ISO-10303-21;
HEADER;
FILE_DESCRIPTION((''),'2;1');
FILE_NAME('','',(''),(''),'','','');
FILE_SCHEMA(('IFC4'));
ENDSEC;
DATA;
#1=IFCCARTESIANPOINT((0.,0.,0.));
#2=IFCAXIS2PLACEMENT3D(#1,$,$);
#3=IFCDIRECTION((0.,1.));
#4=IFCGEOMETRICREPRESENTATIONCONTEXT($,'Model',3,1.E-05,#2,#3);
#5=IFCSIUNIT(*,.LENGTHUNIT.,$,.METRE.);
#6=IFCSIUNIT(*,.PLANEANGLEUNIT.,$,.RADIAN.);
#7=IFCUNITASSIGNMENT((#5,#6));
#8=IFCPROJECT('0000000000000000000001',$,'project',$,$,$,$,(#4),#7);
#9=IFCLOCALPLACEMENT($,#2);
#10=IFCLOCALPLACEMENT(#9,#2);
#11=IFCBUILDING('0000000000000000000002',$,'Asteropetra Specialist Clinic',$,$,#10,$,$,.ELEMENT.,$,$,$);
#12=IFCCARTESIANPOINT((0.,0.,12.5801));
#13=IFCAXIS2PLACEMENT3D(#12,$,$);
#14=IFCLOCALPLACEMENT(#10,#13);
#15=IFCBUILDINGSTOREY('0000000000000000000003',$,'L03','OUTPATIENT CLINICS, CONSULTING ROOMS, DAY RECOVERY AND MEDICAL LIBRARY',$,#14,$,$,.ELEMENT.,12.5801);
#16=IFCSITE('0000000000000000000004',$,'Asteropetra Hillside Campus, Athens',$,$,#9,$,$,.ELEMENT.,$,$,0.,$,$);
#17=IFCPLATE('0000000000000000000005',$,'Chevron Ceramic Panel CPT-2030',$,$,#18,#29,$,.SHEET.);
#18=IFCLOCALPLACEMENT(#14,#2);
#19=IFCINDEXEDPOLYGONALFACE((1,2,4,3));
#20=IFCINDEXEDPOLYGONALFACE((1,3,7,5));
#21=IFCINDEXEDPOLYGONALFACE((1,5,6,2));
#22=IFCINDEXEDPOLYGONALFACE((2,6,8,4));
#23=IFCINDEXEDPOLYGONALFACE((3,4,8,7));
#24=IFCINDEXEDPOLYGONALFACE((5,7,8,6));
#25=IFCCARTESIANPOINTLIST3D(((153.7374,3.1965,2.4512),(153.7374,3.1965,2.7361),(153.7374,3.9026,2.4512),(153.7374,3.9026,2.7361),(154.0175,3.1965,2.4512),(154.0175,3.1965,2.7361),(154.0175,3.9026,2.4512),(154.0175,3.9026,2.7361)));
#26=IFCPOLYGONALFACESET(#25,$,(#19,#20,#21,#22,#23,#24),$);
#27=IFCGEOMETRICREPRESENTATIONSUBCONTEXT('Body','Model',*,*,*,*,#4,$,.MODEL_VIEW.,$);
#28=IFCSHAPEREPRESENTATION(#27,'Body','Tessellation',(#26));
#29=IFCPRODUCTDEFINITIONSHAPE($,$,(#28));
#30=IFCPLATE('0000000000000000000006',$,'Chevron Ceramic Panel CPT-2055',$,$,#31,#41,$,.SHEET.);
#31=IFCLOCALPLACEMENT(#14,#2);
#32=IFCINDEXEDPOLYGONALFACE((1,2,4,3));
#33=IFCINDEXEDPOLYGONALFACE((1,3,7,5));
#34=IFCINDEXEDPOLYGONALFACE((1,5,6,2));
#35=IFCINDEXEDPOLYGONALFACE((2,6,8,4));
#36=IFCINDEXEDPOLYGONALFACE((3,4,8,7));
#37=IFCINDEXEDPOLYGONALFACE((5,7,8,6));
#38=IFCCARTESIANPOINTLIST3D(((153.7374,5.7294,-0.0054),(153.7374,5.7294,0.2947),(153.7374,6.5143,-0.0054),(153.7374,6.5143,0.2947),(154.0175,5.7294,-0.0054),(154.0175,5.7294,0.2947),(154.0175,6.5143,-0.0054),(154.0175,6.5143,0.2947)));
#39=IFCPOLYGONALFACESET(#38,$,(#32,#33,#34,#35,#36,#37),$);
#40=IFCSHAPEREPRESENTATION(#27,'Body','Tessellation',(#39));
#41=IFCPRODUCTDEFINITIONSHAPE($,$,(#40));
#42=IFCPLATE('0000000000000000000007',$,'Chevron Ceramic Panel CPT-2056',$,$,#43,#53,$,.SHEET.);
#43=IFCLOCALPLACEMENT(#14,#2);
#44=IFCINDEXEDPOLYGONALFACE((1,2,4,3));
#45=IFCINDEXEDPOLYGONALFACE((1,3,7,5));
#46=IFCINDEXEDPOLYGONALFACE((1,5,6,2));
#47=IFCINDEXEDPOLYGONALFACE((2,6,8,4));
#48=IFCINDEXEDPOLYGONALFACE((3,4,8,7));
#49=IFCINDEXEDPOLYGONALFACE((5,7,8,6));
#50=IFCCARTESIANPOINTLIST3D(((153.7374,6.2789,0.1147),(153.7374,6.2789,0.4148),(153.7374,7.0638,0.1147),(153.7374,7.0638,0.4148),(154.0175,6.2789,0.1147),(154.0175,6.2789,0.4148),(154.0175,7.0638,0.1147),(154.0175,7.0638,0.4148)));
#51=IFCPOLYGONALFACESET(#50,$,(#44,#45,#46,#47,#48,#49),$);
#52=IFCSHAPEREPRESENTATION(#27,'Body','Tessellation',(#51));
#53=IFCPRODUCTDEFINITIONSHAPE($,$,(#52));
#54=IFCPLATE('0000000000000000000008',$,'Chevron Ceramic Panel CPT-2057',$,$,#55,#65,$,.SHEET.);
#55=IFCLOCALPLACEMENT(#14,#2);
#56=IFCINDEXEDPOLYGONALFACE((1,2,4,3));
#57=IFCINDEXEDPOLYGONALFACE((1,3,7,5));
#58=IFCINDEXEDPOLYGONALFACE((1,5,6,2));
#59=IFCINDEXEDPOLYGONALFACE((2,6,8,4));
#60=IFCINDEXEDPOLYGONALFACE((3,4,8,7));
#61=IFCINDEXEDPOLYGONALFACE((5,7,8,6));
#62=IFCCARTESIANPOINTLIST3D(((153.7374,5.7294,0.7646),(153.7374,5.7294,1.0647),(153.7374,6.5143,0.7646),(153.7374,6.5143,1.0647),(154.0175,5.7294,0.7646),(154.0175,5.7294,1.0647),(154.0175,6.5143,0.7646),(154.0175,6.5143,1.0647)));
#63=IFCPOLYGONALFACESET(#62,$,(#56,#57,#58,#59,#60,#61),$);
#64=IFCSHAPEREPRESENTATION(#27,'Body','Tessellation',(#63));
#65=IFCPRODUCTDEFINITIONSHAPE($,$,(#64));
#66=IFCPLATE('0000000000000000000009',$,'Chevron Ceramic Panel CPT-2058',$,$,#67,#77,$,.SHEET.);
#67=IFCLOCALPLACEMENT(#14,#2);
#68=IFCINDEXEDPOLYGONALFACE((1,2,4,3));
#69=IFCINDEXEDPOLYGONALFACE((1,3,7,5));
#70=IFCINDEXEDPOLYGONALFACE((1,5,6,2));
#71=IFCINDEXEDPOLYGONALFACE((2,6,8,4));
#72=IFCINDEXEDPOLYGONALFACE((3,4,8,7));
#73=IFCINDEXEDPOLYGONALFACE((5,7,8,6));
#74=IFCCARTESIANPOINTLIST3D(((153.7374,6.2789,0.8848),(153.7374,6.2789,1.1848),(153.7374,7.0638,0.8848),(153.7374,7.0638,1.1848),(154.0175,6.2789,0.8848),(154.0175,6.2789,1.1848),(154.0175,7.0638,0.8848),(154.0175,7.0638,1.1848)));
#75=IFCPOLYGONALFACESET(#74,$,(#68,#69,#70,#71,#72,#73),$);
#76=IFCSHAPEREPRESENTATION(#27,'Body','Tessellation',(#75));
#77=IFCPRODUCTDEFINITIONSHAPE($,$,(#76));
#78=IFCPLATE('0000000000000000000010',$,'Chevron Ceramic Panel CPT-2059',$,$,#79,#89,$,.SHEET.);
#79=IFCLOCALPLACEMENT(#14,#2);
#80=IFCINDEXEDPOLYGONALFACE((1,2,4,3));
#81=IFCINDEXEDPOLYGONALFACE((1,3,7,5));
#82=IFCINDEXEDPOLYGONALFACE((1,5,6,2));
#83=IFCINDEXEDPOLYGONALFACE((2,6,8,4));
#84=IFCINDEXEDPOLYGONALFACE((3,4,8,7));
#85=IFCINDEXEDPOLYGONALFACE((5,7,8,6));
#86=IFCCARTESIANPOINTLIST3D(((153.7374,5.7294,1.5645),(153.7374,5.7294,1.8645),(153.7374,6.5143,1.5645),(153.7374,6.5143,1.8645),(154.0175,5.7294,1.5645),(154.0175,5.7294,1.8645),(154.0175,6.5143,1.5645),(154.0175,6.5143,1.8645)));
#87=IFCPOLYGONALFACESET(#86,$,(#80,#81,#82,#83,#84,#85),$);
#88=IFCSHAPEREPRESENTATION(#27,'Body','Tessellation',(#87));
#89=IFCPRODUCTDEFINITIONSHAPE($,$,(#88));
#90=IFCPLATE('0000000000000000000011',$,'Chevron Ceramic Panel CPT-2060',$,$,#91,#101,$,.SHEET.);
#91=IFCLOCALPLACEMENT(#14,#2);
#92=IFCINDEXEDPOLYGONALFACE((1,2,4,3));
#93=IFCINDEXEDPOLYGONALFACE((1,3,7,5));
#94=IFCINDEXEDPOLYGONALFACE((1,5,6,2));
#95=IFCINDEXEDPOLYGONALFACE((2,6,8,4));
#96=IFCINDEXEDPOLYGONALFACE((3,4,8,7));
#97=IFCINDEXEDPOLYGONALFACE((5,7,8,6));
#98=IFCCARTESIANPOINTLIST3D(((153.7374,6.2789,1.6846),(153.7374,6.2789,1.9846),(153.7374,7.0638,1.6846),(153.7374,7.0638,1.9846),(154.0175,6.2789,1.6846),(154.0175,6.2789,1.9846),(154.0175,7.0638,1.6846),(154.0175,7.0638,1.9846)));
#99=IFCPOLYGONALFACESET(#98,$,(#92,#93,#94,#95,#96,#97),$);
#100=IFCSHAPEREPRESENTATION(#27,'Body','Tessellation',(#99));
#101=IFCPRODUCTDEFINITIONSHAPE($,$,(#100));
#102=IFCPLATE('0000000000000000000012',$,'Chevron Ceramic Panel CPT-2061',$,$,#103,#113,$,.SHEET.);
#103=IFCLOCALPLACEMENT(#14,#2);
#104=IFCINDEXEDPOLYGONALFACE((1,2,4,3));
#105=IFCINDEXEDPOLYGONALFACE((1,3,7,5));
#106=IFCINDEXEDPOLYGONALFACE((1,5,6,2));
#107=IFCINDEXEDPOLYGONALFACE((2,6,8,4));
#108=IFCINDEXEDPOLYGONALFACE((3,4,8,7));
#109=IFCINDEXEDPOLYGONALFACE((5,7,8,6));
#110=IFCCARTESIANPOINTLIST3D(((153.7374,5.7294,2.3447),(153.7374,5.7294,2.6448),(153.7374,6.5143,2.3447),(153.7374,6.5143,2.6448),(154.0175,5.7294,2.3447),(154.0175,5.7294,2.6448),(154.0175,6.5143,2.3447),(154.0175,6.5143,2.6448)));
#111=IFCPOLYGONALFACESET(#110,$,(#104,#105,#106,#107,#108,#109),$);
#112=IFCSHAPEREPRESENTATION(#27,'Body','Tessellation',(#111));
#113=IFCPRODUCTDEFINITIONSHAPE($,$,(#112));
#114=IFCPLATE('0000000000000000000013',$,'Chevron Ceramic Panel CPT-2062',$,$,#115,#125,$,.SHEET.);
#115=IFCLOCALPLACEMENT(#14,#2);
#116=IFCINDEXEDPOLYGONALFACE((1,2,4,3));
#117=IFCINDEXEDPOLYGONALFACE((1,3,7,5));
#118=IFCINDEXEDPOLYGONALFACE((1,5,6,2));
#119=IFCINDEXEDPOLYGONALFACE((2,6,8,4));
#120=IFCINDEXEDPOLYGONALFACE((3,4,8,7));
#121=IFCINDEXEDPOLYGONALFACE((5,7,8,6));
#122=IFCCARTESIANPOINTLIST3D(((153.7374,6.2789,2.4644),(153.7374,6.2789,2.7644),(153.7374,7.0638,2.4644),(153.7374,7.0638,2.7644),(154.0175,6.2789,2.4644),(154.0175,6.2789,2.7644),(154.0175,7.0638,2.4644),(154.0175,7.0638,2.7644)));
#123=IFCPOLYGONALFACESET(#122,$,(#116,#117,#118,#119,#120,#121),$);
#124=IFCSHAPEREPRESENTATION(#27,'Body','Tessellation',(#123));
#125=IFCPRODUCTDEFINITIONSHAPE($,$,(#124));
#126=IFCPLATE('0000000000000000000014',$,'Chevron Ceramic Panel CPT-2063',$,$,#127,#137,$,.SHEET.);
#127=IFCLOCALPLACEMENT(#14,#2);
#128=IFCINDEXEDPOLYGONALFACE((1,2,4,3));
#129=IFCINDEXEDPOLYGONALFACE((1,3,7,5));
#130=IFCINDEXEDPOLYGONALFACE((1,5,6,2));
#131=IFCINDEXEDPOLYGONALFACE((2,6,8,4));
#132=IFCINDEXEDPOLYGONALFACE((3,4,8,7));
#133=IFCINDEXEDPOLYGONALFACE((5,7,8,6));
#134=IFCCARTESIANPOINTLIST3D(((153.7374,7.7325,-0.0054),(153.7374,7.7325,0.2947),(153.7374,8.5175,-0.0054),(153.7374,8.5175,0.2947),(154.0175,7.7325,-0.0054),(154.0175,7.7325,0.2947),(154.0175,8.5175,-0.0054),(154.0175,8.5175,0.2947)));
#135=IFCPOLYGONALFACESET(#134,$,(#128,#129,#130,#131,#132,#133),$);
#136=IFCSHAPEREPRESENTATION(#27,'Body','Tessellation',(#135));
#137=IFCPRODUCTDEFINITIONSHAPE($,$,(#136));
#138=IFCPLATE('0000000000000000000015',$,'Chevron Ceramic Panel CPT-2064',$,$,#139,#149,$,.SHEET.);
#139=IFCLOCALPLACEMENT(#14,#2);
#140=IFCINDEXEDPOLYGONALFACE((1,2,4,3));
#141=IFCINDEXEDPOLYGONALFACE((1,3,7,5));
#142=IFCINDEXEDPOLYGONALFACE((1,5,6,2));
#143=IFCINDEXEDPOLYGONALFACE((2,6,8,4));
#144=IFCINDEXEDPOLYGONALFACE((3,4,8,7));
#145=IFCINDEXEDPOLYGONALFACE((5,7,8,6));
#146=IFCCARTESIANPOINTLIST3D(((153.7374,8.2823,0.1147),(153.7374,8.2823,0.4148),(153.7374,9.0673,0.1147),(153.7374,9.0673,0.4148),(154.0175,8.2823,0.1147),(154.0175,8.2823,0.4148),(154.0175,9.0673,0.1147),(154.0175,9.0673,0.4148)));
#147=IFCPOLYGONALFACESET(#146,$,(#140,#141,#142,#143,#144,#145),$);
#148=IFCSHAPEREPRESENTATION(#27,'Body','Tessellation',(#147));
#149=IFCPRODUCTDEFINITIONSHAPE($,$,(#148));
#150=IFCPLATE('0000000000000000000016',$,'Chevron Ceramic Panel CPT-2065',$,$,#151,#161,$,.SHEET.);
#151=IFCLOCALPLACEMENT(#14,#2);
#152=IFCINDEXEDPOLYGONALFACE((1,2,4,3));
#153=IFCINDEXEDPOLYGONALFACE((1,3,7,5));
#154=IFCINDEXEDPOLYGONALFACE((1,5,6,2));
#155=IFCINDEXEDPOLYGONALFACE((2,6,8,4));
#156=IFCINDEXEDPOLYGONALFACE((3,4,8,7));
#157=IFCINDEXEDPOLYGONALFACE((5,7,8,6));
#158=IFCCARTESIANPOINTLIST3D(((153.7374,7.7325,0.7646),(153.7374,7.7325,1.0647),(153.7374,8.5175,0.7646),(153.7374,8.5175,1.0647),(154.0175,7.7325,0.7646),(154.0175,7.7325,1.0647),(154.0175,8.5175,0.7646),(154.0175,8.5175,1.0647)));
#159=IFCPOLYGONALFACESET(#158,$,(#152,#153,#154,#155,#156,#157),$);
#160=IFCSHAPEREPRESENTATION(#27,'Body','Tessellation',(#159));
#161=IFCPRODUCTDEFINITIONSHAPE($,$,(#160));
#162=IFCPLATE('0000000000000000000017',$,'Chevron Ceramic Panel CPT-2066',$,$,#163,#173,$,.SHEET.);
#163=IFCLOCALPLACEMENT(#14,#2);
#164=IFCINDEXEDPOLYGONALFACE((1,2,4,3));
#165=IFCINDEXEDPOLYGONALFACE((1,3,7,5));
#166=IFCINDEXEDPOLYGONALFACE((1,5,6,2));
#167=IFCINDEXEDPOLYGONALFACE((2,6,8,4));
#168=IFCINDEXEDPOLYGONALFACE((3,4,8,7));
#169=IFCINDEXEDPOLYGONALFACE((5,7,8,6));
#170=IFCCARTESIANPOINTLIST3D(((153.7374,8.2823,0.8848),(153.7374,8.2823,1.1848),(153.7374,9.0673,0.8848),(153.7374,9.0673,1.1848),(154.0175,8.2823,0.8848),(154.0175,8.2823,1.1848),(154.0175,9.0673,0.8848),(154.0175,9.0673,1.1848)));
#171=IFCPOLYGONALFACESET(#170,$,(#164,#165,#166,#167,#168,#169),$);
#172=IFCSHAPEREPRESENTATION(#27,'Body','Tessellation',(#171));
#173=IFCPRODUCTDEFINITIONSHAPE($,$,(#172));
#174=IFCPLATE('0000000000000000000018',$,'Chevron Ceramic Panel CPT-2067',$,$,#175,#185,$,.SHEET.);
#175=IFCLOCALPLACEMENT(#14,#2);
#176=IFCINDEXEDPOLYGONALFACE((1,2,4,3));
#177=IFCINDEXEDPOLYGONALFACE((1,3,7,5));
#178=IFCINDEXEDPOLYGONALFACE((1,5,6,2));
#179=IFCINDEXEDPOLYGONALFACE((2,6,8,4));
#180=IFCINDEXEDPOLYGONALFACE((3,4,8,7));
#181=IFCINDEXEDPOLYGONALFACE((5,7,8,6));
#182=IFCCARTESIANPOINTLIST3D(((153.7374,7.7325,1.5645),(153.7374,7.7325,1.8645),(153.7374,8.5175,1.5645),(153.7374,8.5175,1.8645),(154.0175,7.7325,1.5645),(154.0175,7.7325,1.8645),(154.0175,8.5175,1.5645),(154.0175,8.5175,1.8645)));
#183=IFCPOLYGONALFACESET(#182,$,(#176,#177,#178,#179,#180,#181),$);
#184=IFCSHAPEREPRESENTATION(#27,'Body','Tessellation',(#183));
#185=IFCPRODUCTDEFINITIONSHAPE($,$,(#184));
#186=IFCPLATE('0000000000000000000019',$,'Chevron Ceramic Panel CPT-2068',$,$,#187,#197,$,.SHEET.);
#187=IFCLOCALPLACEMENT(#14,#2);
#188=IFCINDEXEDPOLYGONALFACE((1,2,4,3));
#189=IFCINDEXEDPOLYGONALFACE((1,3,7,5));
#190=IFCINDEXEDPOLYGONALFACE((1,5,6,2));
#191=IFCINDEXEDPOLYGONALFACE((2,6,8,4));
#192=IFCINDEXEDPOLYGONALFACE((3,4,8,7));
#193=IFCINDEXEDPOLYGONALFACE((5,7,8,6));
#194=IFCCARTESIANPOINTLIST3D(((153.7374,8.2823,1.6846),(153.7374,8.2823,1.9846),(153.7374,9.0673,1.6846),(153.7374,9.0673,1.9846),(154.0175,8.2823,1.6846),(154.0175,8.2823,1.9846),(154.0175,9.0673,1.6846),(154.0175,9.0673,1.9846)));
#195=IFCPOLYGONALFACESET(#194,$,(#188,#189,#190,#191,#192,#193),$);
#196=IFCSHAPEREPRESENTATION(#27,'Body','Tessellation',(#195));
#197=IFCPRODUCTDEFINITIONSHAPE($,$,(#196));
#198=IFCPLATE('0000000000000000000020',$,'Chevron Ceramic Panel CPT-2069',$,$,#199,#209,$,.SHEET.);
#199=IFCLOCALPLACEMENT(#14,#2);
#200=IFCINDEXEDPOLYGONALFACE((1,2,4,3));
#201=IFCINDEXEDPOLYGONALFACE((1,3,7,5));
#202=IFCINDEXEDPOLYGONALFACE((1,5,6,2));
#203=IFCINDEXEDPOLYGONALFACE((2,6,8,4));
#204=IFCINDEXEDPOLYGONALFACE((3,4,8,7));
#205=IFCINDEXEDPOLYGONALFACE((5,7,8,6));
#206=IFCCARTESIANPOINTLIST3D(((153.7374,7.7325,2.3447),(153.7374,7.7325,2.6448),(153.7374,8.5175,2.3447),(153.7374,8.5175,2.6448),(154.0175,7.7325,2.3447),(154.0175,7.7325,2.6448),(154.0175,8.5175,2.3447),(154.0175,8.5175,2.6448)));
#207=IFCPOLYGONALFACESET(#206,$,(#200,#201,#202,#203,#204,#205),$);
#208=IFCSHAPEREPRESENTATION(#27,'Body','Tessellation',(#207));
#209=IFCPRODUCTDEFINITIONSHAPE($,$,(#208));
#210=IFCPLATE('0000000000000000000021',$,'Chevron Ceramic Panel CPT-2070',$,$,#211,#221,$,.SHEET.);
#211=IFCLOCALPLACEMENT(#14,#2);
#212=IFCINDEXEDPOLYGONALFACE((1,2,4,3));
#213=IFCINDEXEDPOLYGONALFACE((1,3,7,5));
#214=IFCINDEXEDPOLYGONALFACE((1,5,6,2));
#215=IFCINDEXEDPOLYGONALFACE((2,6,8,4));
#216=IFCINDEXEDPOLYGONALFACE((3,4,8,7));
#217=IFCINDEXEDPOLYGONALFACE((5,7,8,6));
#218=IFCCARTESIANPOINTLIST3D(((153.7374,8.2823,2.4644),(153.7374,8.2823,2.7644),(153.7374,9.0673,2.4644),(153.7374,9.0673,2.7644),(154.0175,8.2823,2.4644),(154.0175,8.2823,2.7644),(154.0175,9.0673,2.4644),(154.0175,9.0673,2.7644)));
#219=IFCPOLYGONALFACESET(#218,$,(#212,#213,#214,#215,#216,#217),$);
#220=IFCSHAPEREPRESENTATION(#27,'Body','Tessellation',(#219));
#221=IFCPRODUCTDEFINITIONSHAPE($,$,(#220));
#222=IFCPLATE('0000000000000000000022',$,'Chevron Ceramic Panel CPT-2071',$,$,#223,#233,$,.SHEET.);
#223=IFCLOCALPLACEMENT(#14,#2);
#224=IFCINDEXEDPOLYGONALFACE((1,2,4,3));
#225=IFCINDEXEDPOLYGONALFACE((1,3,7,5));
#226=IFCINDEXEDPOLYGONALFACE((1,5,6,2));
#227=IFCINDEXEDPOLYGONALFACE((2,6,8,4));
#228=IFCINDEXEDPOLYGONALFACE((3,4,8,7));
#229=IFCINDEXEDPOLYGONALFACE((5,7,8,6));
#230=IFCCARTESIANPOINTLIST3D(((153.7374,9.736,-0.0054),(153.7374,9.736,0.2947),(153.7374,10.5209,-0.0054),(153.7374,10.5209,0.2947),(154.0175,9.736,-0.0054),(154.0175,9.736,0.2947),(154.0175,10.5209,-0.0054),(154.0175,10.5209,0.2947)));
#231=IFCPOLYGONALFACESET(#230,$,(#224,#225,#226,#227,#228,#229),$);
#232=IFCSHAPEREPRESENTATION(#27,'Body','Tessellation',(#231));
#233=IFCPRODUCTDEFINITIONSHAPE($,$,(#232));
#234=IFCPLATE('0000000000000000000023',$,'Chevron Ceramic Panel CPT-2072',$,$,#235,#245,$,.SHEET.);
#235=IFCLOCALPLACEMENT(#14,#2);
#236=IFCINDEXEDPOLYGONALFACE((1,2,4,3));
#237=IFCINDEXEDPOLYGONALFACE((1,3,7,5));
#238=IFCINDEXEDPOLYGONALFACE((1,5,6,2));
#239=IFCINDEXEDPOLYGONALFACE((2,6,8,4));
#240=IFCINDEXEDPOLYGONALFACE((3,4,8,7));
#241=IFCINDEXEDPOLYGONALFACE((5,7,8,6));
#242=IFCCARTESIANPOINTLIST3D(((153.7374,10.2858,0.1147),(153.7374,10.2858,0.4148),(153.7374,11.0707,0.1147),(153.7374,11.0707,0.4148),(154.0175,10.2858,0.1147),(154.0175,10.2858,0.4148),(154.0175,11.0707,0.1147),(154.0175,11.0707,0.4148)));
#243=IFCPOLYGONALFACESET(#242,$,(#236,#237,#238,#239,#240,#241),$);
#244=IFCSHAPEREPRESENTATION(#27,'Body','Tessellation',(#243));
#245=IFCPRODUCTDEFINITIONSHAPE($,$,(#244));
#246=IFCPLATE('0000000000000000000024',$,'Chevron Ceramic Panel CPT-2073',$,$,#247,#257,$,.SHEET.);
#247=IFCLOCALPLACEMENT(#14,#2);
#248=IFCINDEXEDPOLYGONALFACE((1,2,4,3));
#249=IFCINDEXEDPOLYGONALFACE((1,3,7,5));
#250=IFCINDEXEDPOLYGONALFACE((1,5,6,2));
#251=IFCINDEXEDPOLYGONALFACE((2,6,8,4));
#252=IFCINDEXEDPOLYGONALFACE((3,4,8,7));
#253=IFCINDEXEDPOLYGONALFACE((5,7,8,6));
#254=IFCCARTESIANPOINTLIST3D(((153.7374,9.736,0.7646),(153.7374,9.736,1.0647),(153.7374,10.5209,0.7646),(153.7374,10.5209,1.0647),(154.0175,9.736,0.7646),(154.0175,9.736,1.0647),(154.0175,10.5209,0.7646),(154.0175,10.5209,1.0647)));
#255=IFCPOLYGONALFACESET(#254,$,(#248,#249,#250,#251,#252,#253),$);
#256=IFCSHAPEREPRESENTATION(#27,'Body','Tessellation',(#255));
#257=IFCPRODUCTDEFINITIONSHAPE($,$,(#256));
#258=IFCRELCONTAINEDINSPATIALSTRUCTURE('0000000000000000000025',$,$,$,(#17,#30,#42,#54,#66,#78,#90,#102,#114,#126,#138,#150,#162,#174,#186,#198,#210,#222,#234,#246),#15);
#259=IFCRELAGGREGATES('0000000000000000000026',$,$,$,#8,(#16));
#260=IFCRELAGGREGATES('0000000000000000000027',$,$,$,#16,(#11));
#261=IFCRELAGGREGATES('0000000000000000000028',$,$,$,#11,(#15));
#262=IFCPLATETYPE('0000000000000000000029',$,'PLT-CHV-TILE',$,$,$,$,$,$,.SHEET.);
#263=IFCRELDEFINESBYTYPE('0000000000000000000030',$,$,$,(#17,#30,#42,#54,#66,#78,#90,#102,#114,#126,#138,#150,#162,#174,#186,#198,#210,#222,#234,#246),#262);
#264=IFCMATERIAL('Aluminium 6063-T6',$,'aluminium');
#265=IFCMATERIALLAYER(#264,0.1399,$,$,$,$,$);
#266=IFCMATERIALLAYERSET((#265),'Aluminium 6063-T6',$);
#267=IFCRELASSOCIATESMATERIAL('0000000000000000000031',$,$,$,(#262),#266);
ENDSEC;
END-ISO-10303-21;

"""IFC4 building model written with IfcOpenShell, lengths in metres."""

from ifc_helpers import new_model, si_unit, direction, frame, origin, origin_2d, place, context, subcontext, project, spatial, rectangle, extrude, material, layer, layer_set, type_object, element, save


model = new_model("IFC4")

# Units and contexts
model_context = context("Model", 3, precision=1e-05, world=origin(), true_north=direction((0.0, 1.0)))
body_context = subcontext(model_context, "Body", "Model", "MODEL_VIEW")
ifc_project = project(units=[si_unit("LENGTHUNIT", "METRE"), si_unit("PLANEANGLEUNIT", "RADIAN")], contexts=[model_context])

# Site, building, storey
site_placement = place(None, origin())
site = spatial("IfcSite", under=ifc_project, at=site_placement, Name="Asteropetra Hillside Campus, Athens", CompositionType="ELEMENT", RefElevation=0.0)
building_placement = place(site_placement, origin())
building = spatial("IfcBuilding", under=site, at=building_placement, Name="Asteropetra Specialist Clinic", CompositionType="ELEMENT")
storey_placement = place(building_placement, frame((0.0, 0.0, 12.5801)))
storey = spatial("IfcBuildingStorey", under=building, at=storey_placement, Name="L03", Description="OUTPATIENT CLINICS, CONSULTING ROOMS, DAY RECOVERY AND MEDICAL LIBRARY", CompositionType="ELEMENT", Elevation=12.5801)

# Plates
ifc_material_1 = material(Name="Aluminium 6063-T6", Category="aluminium")
ifc_layer_1 = layer(ifc_material_1, 0.1399)
ifc_layer_set_1 = layer_set([ifc_layer_1], Name="Aluminium 6063-T6")
plate_type = type_object("IfcPlateType", Name="PLT-CHV-TILE", PredefinedType="SHEET", material=ifc_layer_set_1)
plate_placement = place(storey_placement, frame((153.8774, 3.5496, 2.4512), z_axis=(0.0, 0.0, 1.0), x_axis=(1.0, 0.0, 0.0)))
element("IfcPlate", 1, at=plate_placement, inside=storey, type_object=plate_type, Name="Chevron Ceramic Panel CPT-2030", PredefinedType="SHEET", context=body_context, shape_type="SweptSolid", body=[
    extrude(rectangle(XDim=0.28, YDim=0.7061, at=origin_2d()), origin(), (0.0, 0.0, 1.0), 0.2849),
])
for number, where, z_axis, x_axis, name in (
    (2, (153.8774, 6.1218, -0.0054), (0.0, 0.0, 1.0), (1.0, 0.0, 0.0), "Chevron Ceramic Panel CPT-2055"),
    (3, (153.8774, 6.6714, 0.1147), (0.0, 0.0, 1.0), (1.0, 0.0, 0.0), "Chevron Ceramic Panel CPT-2056"),
    (4, (153.8774, 6.1218, 0.7646), (0.0, 0.0, 1.0), (1.0, 0.0, 0.0), "Chevron Ceramic Panel CPT-2057"),
    (5, (153.8774, 6.6714, 0.8848), (0.0, 0.0, 1.0), (1.0, 0.0, 0.0), "Chevron Ceramic Panel CPT-2058"),
    (6, (153.8774, 6.1218, 1.5645), (0.0, 0.0, 1.0), (1.0, 0.0, 0.0), "Chevron Ceramic Panel CPT-2059"),
    (7, (153.8774, 6.6714, 1.6846), (0.0, 0.0, 1.0), (1.0, 0.0, 0.0), "Chevron Ceramic Panel CPT-2060"),
    (8, (153.8774, 6.1218, 2.3447), (0.0, 0.0, 1.0), (1.0, 0.0, 0.0), "Chevron Ceramic Panel CPT-2061"),
    (9, (153.8774, 6.6714, 2.4644), (0.0, 0.0, 1.0), (1.0, 0.0, 0.0), "Chevron Ceramic Panel CPT-2062"),
    (10, (153.8774, 8.125, -0.0054), (0.0, 0.0, 1.0), (1.0, 0.0, 0.0), "Chevron Ceramic Panel CPT-2063"),
    (11, (153.8774, 8.6748, 0.1147), (0.0, 0.0, 1.0), (1.0, 0.0, 0.0), "Chevron Ceramic Panel CPT-2064"),
    (12, (153.8774, 8.125, 0.7646), (0.0, 0.0, 1.0), (1.0, 0.0, 0.0), "Chevron Ceramic Panel CPT-2065"),
    (13, (153.8774, 8.6748, 0.8848), (0.0, 0.0, 1.0), (1.0, 0.0, 0.0), "Chevron Ceramic Panel CPT-2066"),
    (14, (153.8774, 8.125, 1.5645), (0.0, 0.0, 1.0), (1.0, 0.0, 0.0), "Chevron Ceramic Panel CPT-2067"),
    (15, (153.8774, 8.6748, 1.6846), (0.0, 0.0, 1.0), (1.0, 0.0, 0.0), "Chevron Ceramic Panel CPT-2068"),
    (16, (153.8774, 8.125, 2.3447), (0.0, 0.0, 1.0), (1.0, 0.0, 0.0), "Chevron Ceramic Panel CPT-2069"),
    (17, (153.8774, 8.6748, 2.4644), (0.0, 0.0, 1.0), (1.0, 0.0, 0.0), "Chevron Ceramic Panel CPT-2070"),
    (18, (153.8774, 10.1284, -0.0054), (0.0, 0.0, 1.0), (1.0, 0.0, 0.0), "Chevron Ceramic Panel CPT-2071"),
    (19, (153.8774, 10.6782, 0.1147), (0.0, 0.0, 1.0), (1.0, 0.0, 0.0), "Chevron Ceramic Panel CPT-2072"),
    (20, (153.8774, 10.1284, 0.7646), (0.0, 0.0, 1.0), (1.0, 0.0, 0.0), "Chevron Ceramic Panel CPT-2073"),
):
    element("IfcPlate", number, at=place(storey_placement, frame(where, z_axis=z_axis, x_axis=x_axis)), inside=storey, type_object=plate_type, Name=name, PredefinedType="SHEET", context=body_context, shape_type="SweptSolid", body=[
        extrude(rectangle(XDim=0.28, YDim=0.7849, at=origin_2d()), origin(), (0.0, 0.0, 1.0), 0.3),
    ])

save(model, "model.ifc")
